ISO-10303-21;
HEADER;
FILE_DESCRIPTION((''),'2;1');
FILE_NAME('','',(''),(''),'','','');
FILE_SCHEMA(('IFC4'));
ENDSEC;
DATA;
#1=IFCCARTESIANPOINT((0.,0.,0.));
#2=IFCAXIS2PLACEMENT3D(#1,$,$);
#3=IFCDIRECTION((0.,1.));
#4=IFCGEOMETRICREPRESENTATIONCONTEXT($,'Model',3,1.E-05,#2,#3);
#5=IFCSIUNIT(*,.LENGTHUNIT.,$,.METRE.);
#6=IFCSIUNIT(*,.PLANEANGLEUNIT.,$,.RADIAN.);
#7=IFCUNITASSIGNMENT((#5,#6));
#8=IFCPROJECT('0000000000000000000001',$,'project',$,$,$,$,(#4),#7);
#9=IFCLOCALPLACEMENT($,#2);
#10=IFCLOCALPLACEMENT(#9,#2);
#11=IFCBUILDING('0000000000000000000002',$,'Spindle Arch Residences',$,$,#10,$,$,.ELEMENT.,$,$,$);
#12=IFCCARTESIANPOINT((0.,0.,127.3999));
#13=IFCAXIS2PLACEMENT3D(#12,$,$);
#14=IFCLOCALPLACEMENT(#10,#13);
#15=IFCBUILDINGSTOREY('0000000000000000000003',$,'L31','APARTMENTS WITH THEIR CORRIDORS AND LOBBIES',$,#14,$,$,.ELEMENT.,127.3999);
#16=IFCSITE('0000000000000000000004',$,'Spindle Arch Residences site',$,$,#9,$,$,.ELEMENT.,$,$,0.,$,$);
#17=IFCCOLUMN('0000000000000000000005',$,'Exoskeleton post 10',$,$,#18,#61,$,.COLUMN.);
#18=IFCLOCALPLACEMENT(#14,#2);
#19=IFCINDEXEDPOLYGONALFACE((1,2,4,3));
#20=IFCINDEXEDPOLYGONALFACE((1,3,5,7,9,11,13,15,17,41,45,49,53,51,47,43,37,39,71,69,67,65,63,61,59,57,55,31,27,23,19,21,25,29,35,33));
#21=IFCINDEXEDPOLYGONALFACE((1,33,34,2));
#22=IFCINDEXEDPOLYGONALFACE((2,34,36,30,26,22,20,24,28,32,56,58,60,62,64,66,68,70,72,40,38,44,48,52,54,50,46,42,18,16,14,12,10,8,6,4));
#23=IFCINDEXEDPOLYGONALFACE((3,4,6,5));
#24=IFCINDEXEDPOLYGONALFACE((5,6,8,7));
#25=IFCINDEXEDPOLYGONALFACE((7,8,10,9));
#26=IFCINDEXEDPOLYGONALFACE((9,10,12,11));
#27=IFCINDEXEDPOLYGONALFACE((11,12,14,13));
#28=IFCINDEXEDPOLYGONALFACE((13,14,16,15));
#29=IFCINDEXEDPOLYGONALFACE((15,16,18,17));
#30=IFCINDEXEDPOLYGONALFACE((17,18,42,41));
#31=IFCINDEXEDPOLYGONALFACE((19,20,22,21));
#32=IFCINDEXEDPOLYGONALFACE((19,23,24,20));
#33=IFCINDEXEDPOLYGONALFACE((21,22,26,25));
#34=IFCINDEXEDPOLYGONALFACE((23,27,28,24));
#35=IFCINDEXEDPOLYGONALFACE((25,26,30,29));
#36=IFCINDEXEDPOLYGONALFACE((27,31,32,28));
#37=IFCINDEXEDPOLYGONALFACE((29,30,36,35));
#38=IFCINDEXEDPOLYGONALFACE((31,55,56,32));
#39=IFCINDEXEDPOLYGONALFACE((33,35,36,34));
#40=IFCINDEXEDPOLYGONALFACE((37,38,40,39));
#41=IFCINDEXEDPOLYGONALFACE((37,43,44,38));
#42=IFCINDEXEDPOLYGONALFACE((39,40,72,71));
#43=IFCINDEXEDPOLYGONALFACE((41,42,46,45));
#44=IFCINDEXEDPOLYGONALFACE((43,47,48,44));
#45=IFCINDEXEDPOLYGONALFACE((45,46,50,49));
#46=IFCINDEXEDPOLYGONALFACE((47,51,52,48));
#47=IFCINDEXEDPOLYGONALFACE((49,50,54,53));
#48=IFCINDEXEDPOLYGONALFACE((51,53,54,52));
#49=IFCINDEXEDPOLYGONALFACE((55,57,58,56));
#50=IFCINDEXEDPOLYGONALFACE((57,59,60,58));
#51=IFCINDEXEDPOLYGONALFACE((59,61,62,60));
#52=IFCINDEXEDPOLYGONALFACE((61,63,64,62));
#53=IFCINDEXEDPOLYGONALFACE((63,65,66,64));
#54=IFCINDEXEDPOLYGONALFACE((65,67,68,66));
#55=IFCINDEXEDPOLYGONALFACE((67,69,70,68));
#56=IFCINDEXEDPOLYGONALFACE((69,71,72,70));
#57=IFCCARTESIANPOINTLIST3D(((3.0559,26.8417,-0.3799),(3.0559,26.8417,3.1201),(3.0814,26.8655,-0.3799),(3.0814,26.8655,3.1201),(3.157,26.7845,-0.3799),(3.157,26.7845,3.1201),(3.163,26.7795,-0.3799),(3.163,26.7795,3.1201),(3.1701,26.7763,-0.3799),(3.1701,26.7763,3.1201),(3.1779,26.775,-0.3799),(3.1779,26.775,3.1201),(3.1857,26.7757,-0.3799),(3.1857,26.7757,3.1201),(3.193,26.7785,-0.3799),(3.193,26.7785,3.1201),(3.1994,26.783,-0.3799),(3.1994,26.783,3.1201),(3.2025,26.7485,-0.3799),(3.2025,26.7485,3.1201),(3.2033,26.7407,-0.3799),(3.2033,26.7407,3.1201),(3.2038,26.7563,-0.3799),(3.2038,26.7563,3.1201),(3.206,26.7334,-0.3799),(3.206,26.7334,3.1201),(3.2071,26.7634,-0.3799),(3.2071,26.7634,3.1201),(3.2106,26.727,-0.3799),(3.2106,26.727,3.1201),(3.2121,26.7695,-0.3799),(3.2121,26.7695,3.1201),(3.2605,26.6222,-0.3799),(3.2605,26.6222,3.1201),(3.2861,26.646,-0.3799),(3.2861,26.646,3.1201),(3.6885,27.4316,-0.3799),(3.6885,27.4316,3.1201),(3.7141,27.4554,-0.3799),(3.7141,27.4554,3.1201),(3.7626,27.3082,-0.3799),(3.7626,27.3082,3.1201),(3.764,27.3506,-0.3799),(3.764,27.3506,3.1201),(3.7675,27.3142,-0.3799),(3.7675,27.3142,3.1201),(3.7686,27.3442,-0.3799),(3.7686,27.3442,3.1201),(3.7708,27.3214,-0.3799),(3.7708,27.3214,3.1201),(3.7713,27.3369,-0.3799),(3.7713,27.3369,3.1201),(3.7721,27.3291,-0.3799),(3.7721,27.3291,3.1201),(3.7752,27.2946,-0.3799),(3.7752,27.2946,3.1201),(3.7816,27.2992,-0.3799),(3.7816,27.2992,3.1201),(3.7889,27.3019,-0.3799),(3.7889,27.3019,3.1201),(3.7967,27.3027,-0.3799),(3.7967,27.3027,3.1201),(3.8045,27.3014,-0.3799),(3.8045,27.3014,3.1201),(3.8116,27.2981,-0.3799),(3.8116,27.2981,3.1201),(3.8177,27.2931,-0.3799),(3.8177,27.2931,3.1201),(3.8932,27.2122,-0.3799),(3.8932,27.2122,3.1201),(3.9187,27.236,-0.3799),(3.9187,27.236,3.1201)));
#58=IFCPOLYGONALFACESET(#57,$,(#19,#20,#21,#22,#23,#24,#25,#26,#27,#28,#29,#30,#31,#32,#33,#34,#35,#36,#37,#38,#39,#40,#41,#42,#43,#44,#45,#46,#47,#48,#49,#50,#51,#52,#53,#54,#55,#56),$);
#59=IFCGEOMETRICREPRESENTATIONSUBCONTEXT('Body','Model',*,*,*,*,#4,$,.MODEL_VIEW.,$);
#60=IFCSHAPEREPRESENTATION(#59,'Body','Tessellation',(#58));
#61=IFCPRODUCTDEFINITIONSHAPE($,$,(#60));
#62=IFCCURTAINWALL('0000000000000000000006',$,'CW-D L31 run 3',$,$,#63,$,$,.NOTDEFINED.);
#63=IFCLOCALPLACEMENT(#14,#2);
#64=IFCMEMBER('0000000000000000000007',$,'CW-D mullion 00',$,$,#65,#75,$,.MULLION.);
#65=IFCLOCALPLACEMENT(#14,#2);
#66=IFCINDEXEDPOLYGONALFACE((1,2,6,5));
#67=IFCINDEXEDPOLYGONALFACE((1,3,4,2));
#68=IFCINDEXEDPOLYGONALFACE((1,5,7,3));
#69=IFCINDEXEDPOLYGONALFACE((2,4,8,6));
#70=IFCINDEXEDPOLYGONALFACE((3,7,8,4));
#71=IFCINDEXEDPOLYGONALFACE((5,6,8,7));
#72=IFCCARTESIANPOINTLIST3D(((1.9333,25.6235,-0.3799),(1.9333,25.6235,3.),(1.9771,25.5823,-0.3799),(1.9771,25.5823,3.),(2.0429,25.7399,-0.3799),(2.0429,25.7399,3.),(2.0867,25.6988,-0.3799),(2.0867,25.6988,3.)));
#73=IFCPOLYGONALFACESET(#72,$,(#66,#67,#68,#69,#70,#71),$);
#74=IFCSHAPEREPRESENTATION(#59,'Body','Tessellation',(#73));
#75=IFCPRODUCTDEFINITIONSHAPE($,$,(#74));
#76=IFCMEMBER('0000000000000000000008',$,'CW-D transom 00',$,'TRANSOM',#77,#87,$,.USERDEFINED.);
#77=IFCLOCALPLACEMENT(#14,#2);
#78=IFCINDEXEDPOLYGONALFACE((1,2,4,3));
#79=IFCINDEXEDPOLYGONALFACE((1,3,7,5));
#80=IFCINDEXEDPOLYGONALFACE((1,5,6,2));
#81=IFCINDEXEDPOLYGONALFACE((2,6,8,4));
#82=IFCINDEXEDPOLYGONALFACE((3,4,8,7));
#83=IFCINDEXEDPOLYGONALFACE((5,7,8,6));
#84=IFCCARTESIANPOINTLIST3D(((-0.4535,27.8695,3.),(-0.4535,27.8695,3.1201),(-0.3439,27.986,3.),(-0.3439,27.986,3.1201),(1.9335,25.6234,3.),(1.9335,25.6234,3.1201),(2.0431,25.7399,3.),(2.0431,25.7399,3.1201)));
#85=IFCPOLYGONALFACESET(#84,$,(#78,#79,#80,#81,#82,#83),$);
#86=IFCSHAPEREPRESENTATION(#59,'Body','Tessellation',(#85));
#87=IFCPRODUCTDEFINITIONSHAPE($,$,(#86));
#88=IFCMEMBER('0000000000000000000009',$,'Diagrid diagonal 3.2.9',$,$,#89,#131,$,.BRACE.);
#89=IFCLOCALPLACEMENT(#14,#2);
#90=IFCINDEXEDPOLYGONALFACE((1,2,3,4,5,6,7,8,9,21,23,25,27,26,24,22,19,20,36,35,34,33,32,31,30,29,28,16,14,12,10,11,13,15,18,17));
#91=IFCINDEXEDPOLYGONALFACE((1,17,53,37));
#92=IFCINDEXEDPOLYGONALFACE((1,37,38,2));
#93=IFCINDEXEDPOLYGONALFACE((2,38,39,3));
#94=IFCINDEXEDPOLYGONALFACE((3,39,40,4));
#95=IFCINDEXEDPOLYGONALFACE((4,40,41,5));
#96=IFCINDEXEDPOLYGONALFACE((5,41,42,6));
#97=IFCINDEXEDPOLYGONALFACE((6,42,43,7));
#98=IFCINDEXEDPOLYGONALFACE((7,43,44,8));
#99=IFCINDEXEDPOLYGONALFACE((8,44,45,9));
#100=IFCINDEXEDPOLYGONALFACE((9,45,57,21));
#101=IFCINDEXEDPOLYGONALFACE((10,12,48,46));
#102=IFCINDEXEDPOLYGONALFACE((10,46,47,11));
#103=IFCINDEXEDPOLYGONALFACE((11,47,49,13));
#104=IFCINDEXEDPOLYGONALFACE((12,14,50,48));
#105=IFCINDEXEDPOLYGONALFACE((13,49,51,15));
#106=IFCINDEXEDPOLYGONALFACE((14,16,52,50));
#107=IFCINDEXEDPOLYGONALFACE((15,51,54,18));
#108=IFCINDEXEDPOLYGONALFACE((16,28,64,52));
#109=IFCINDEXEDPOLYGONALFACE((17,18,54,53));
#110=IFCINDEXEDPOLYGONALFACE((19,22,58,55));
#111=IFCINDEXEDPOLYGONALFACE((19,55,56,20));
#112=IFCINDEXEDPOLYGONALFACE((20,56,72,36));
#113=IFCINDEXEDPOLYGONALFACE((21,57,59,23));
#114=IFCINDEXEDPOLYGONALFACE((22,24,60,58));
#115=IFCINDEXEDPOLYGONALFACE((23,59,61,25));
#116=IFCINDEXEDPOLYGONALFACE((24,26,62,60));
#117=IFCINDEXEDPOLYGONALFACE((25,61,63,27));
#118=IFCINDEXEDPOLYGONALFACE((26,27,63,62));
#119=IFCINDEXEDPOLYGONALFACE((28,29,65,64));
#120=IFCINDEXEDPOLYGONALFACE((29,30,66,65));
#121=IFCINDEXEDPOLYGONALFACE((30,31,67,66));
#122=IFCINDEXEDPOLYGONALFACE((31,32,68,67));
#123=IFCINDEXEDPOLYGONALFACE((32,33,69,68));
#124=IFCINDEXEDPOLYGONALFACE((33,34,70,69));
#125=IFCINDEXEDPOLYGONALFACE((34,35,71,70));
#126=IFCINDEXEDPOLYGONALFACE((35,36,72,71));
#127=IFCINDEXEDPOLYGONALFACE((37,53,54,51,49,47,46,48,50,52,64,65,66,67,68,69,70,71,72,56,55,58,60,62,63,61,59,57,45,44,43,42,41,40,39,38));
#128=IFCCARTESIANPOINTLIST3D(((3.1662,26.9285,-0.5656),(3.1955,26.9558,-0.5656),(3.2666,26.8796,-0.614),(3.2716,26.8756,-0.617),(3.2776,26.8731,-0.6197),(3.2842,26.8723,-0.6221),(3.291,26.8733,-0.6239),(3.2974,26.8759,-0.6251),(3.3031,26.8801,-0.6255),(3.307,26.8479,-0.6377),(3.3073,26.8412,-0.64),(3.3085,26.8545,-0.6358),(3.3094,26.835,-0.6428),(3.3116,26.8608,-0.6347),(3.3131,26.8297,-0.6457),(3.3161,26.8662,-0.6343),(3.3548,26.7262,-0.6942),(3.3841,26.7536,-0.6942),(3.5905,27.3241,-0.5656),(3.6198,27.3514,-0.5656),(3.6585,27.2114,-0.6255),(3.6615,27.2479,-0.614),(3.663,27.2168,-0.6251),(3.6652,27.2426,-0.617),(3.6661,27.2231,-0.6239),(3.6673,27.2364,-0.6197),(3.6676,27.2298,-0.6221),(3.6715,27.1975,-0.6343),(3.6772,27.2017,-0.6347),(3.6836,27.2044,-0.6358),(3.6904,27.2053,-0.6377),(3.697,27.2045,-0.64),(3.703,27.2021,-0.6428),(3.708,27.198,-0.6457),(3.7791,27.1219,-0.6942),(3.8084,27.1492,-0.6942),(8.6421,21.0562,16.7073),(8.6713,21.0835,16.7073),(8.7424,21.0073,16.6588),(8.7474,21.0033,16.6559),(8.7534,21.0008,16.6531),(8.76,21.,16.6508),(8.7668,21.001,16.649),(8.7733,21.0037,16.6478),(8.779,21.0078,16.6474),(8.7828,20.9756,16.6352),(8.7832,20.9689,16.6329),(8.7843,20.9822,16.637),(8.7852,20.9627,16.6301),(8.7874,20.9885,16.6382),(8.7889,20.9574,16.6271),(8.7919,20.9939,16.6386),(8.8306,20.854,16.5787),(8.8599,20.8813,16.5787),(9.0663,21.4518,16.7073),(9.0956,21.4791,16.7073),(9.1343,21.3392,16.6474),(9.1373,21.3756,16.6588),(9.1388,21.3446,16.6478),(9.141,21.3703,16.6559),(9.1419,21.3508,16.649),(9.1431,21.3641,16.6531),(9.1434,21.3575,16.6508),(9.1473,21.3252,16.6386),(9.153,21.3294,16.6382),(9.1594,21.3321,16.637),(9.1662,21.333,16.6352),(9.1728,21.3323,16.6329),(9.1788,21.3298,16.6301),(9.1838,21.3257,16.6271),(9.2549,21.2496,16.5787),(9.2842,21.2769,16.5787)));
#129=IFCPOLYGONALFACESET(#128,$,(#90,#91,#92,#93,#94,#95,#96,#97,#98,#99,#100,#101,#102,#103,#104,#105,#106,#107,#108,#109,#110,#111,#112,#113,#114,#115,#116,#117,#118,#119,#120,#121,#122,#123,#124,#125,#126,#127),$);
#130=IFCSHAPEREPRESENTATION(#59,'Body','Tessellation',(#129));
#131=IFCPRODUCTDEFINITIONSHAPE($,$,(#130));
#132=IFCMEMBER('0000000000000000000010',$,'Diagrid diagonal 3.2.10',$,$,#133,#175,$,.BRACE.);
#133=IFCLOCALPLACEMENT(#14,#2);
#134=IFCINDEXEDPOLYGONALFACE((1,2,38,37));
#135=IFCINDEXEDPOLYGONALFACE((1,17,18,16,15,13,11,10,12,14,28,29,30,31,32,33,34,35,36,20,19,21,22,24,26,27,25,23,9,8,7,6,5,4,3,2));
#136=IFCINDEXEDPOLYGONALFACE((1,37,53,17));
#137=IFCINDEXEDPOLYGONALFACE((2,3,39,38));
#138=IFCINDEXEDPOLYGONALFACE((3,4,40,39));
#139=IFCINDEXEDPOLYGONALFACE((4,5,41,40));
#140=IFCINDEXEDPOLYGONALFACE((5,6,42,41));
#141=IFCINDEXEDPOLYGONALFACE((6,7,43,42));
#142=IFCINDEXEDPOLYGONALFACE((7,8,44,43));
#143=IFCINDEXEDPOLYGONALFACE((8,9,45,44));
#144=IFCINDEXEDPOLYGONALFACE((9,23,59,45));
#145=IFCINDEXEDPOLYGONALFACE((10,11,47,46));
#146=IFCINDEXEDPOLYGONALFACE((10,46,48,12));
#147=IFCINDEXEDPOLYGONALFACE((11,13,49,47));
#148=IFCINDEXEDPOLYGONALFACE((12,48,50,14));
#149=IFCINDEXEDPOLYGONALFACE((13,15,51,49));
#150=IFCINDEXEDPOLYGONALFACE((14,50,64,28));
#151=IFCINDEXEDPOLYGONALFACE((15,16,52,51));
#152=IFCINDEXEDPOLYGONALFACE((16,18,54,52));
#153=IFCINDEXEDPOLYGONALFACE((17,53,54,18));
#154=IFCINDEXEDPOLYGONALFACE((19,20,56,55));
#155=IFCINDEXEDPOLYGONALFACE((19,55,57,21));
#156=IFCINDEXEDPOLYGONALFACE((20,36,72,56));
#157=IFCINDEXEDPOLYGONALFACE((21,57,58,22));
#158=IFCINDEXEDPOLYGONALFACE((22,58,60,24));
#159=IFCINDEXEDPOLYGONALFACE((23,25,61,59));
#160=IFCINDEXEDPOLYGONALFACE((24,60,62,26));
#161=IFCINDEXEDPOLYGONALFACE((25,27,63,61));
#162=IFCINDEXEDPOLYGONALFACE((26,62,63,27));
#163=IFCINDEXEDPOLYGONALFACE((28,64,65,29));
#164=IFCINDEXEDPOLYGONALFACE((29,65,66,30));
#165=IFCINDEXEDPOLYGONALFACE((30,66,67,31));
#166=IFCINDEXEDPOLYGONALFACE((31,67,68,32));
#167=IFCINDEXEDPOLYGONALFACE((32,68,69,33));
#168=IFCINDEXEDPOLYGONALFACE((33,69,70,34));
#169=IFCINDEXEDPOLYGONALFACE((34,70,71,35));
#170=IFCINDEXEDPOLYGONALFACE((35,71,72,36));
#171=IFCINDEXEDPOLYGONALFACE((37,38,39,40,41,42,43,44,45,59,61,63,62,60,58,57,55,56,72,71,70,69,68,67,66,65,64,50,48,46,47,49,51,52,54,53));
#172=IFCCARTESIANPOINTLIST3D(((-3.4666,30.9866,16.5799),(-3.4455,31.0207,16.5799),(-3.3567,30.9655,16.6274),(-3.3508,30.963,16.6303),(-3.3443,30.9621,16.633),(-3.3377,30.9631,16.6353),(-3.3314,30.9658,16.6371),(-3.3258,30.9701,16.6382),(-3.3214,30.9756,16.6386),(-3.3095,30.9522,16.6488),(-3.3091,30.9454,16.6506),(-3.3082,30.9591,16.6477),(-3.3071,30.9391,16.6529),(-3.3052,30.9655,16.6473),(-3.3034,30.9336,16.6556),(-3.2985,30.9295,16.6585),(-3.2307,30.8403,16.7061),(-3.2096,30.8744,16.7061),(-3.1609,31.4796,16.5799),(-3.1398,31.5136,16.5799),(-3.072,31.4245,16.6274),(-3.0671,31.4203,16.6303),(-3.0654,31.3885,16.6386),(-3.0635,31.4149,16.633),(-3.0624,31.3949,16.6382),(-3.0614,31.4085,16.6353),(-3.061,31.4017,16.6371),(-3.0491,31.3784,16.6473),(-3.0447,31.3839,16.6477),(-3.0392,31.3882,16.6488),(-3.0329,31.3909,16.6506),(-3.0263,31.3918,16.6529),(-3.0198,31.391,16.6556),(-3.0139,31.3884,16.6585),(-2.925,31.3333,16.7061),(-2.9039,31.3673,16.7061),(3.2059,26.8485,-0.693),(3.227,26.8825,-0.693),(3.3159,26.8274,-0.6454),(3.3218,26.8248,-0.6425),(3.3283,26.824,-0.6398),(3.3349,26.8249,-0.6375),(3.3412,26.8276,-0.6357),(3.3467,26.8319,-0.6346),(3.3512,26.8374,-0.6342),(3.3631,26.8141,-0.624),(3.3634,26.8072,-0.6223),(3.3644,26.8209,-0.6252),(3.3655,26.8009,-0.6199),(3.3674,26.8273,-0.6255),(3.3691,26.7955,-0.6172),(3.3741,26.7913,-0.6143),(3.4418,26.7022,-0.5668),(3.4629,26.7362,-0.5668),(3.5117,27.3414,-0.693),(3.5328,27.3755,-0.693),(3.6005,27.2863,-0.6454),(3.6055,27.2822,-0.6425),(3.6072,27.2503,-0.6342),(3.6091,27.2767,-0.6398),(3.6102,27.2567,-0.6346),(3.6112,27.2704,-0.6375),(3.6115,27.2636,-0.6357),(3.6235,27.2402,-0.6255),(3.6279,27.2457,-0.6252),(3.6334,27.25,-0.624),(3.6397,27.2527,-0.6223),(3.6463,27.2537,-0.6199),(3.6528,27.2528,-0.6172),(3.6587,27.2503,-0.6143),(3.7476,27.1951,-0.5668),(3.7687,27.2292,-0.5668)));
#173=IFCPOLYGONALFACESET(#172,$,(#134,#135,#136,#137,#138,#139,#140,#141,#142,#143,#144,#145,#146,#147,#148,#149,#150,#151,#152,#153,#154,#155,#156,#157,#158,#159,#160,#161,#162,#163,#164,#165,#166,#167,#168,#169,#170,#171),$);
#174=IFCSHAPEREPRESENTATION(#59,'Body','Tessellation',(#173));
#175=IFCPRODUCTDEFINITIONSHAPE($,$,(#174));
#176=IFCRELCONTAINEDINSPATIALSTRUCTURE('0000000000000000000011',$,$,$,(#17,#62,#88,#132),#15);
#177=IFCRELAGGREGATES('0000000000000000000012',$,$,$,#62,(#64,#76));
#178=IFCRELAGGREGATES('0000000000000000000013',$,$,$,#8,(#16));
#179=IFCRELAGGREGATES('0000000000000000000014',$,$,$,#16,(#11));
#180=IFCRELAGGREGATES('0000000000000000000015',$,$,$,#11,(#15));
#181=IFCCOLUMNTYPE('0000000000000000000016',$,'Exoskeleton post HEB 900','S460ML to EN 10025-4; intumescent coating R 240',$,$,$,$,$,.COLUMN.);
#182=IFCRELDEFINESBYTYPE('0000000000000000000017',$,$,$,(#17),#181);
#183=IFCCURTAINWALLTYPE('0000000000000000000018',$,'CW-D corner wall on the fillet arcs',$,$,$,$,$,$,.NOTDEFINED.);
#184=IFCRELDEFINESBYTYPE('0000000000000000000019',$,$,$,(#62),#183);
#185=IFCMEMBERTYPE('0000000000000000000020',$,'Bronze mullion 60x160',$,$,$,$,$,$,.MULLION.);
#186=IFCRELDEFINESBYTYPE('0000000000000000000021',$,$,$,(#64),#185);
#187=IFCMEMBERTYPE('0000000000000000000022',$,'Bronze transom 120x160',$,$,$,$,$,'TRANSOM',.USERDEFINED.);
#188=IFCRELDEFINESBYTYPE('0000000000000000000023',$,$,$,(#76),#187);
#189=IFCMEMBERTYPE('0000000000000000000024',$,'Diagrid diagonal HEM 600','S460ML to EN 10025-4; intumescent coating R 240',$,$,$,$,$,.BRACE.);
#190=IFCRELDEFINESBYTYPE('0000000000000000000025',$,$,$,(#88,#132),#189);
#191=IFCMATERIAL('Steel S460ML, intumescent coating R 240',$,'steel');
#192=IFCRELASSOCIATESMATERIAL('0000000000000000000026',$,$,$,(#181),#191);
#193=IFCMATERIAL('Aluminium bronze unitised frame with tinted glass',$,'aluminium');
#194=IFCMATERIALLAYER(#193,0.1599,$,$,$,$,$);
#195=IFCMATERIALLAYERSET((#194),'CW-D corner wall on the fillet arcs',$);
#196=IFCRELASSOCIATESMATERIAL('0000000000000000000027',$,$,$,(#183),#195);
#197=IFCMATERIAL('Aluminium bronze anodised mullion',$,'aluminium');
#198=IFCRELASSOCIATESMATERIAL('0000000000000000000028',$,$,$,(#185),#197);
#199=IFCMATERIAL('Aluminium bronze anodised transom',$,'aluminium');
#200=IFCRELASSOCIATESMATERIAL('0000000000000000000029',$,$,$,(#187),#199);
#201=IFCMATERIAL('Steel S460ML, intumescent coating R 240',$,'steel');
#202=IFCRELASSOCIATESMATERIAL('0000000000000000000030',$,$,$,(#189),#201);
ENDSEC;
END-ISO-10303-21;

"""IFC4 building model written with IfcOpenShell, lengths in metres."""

from ifc_helpers import new_model, si_unit, direction, frame, origin, origin_2d, place, context, subcontext, project, spatial, rectangle, i_section, extrude, material, layer, layer_set, material_profile, profile_set, type_object, element, aggregate, save


model = new_model("IFC4")

# Units and contexts
model_context = context("Model", 3, precision=1e-05, world=origin(), true_north=direction((0.0, 1.0)))
body_context = subcontext(model_context, "Body", "Model", "MODEL_VIEW")
ifc_project = project(units=[si_unit("LENGTHUNIT", "METRE"), si_unit("PLANEANGLEUNIT", "RADIAN")], contexts=[model_context])

# Site, building, storey
site_placement = place(None, origin())
site = spatial("IfcSite", under=ifc_project, at=site_placement, Name="Spindle Arch Residences site", CompositionType="ELEMENT", RefElevation=0.0)
building_placement = place(site_placement, origin())
building = spatial("IfcBuilding", under=site, at=building_placement, Name="Spindle Arch Residences", CompositionType="ELEMENT")
storey_placement = place(building_placement, frame((0.0, 0.0, 127.3999)))
storey = spatial("IfcBuildingStorey", under=building, at=storey_placement, Name="L31", Description="APARTMENTS WITH THEIR CORRIDORS AND LOBBIES", CompositionType="ELEMENT", Elevation=127.3999)

# Column
ifc_material_1 = material(Name="Steel S460ML, intumescent coating R 240", Category="steel")
ifc_material_profile_1 = material_profile(ifc_material_1, i_section(OverallWidth=0.3, OverallDepth=0.8999, WebThickness=0.0186, FlangeThickness=0.0349, FilletRadius=0.03, at=origin_2d()), Name="HEB 900")
ifc_profile_set_1 = profile_set([ifc_material_profile_1], Name="Steel S460ML, intumescent coating R 240")
column_type = type_object("IfcColumnType", Name="Exoskeleton post HEB 900", Description="S460ML to EN 10025-4; intumescent coating R 240", PredefinedType="COLUMN", material=ifc_profile_set_1)
column_placement = place(storey_placement, frame((3.4873, 27.0388, -0.3799), z_axis=(0.0, 0.0, 1.0), x_axis=(0.681998, -0.731354, 0.0)))
element("IfcColumn", 1, at=column_placement, inside=storey, type_object=column_type, Name="Exoskeleton post 10", PredefinedType="COLUMN", context=body_context, shape_type="SweptSolid", body=[
    extrude(i_section(OverallWidth=0.3, OverallDepth=0.8999, WebThickness=0.0186, FlangeThickness=0.0349, FilletRadius=0.03, at=origin_2d()), origin(), (0.0, 0.0, 1.0), 3.5),
])

# Curtain wall, members
ifc_material_2 = material(Name="Aluminium bronze unitised frame with tinted glass", Category="aluminium")
ifc_layer_1 = layer(ifc_material_2, 0.1599)
ifc_layer_set_1 = layer_set([ifc_layer_1], Name="CW-D corner wall on the fillet arcs")
curtain_wall_type_1 = type_object("IfcCurtainWallType", Name="CW-D corner wall on the fillet arcs", PredefinedType="NOTDEFINED", material=ifc_layer_set_1)
curtain_wall_1_placement = place(storey_placement, origin())
curtain_wall_1 = element("IfcCurtainWall", 2, at=curtain_wall_1_placement, inside=storey, type_object=curtain_wall_type_1, Name="CW-D L31 run 3", PredefinedType="NOTDEFINED")
ifc_material_3 = material(Name="Aluminium bronze anodised mullion", Category="aluminium")
ifc_material_profile_2 = material_profile(ifc_material_3, rectangle(XDim=0.1599, YDim=0.0601, at=origin_2d()), Name="MU 60x160")
ifc_profile_set_2 = profile_set([ifc_material_profile_2], Name="Aluminium bronze anodised mullion")
member_type_1 = type_object("IfcMemberType", Name="Bronze mullion 60x160", PredefinedType="MULLION", material=ifc_profile_set_2)
member_1_placement = place(storey_placement, frame((2.01, 25.6611, -0.3799), z_axis=(0.0, 0.0, 1.0), x_axis=(-0.68529, -0.72827, 0.0)))
member_1 = element("IfcMember", 3, at=member_1_placement, type_object=member_type_1, Name="CW-D mullion 00", PredefinedType="MULLION", context=body_context, shape_type="SweptSolid", body=[
    extrude(rectangle(XDim=0.1599, YDim=0.0601, at=origin_2d()), origin(), (0.0, 0.0, 1.0), 3.3799),
])
ifc_material_4 = material(Name="Aluminium bronze anodised transom", Category="aluminium")
ifc_material_profile_3 = material_profile(ifc_material_4, rectangle(XDim=0.1599, YDim=0.1201, at=origin_2d()), Name="TR 120x160")
ifc_profile_set_3 = profile_set([ifc_material_profile_3], Name="Aluminium bronze anodised transom")
member_type_2 = type_object("IfcMemberType", Name="Bronze transom 120x160", ElementType="TRANSOM", PredefinedType="USERDEFINED", material=ifc_profile_set_3)
member_2_placement = place(storey_placement, frame((1.9883, 25.6816, 3.0601), z_axis=(-0.72827, 0.68529, 0.0), x_axis=(-0.68529, -0.72827, 0.0)))
member_2 = element("IfcMember", 4, at=member_2_placement, type_object=member_type_2, Name="CW-D transom 00", ObjectType="TRANSOM", PredefinedType="USERDEFINED", context=body_context, shape_type="SweptSolid", body=[
    extrude(rectangle(XDim=0.1599, YDim=0.1201, at=origin_2d()), origin(), (0.0, 0.0, 1.0), 3.2776),
])

# Members
ifc_material_5 = material(Name="Steel S460ML, intumescent coating R 240", Category="steel")
ifc_material_profile_4 = material_profile(ifc_material_5, i_section(OverallWidth=0.3049, OverallDepth=0.6201, WebThickness=0.021, FlangeThickness=0.04, FilletRadius=0.0271, at=origin_2d()), Name="HEM 600")
ifc_profile_set_4 = profile_set([ifc_material_profile_4], Name="Steel S460ML, intumescent coating R 240")
member_type_3 = type_object("IfcMemberType", Name="Diagrid diagonal HEM 600", Description="S460ML to EN 10025-4; intumescent coating R 240", PredefinedType="BRACE", material=ifc_profile_set_4)
member_3_placement = place(storey_placement, frame((3.4873, 27.0388, -0.6299), z_axis=(0.287476, -0.308292, 0.906815), x_axis=(-0.618435, 0.663213, 0.421529)))
element("IfcMember", 5, at=member_3_placement, inside=storey, type_object=member_type_3, Name="Diagrid diagonal 3.2.9", PredefinedType="BRACE", context=body_context, shape_type="SweptSolid", body=[
    extrude(i_section(OverallWidth=0.3049, OverallDepth=0.6201, WebThickness=0.021, FlangeThickness=0.04, FilletRadius=0.0271, at=origin_2d()), origin(), (0.0, 0.0, 1.0), 19.0479),
])
member_4_placement = place(storey_placement, frame((3.4873, 27.0388, -0.6299), z_axis=(-0.351676, 0.218101, 0.910361), x_axis=(0.773657, -0.479803, 0.413816)))
element("IfcMember", 6, at=member_4_placement, inside=storey, type_object=member_type_3, Name="Diagrid diagonal 3.2.10", PredefinedType="BRACE", context=body_context, shape_type="SweptSolid", body=[
    extrude(i_section(OverallWidth=0.3049, OverallDepth=0.6201, WebThickness=0.021, FlangeThickness=0.04, FilletRadius=0.0271, at=origin_2d()), origin(), (0.0, 0.0, 1.0), 18.9736),
])

aggregate(curtain_wall_1, [member_1, member_2])

save(model, "model.ifc")
